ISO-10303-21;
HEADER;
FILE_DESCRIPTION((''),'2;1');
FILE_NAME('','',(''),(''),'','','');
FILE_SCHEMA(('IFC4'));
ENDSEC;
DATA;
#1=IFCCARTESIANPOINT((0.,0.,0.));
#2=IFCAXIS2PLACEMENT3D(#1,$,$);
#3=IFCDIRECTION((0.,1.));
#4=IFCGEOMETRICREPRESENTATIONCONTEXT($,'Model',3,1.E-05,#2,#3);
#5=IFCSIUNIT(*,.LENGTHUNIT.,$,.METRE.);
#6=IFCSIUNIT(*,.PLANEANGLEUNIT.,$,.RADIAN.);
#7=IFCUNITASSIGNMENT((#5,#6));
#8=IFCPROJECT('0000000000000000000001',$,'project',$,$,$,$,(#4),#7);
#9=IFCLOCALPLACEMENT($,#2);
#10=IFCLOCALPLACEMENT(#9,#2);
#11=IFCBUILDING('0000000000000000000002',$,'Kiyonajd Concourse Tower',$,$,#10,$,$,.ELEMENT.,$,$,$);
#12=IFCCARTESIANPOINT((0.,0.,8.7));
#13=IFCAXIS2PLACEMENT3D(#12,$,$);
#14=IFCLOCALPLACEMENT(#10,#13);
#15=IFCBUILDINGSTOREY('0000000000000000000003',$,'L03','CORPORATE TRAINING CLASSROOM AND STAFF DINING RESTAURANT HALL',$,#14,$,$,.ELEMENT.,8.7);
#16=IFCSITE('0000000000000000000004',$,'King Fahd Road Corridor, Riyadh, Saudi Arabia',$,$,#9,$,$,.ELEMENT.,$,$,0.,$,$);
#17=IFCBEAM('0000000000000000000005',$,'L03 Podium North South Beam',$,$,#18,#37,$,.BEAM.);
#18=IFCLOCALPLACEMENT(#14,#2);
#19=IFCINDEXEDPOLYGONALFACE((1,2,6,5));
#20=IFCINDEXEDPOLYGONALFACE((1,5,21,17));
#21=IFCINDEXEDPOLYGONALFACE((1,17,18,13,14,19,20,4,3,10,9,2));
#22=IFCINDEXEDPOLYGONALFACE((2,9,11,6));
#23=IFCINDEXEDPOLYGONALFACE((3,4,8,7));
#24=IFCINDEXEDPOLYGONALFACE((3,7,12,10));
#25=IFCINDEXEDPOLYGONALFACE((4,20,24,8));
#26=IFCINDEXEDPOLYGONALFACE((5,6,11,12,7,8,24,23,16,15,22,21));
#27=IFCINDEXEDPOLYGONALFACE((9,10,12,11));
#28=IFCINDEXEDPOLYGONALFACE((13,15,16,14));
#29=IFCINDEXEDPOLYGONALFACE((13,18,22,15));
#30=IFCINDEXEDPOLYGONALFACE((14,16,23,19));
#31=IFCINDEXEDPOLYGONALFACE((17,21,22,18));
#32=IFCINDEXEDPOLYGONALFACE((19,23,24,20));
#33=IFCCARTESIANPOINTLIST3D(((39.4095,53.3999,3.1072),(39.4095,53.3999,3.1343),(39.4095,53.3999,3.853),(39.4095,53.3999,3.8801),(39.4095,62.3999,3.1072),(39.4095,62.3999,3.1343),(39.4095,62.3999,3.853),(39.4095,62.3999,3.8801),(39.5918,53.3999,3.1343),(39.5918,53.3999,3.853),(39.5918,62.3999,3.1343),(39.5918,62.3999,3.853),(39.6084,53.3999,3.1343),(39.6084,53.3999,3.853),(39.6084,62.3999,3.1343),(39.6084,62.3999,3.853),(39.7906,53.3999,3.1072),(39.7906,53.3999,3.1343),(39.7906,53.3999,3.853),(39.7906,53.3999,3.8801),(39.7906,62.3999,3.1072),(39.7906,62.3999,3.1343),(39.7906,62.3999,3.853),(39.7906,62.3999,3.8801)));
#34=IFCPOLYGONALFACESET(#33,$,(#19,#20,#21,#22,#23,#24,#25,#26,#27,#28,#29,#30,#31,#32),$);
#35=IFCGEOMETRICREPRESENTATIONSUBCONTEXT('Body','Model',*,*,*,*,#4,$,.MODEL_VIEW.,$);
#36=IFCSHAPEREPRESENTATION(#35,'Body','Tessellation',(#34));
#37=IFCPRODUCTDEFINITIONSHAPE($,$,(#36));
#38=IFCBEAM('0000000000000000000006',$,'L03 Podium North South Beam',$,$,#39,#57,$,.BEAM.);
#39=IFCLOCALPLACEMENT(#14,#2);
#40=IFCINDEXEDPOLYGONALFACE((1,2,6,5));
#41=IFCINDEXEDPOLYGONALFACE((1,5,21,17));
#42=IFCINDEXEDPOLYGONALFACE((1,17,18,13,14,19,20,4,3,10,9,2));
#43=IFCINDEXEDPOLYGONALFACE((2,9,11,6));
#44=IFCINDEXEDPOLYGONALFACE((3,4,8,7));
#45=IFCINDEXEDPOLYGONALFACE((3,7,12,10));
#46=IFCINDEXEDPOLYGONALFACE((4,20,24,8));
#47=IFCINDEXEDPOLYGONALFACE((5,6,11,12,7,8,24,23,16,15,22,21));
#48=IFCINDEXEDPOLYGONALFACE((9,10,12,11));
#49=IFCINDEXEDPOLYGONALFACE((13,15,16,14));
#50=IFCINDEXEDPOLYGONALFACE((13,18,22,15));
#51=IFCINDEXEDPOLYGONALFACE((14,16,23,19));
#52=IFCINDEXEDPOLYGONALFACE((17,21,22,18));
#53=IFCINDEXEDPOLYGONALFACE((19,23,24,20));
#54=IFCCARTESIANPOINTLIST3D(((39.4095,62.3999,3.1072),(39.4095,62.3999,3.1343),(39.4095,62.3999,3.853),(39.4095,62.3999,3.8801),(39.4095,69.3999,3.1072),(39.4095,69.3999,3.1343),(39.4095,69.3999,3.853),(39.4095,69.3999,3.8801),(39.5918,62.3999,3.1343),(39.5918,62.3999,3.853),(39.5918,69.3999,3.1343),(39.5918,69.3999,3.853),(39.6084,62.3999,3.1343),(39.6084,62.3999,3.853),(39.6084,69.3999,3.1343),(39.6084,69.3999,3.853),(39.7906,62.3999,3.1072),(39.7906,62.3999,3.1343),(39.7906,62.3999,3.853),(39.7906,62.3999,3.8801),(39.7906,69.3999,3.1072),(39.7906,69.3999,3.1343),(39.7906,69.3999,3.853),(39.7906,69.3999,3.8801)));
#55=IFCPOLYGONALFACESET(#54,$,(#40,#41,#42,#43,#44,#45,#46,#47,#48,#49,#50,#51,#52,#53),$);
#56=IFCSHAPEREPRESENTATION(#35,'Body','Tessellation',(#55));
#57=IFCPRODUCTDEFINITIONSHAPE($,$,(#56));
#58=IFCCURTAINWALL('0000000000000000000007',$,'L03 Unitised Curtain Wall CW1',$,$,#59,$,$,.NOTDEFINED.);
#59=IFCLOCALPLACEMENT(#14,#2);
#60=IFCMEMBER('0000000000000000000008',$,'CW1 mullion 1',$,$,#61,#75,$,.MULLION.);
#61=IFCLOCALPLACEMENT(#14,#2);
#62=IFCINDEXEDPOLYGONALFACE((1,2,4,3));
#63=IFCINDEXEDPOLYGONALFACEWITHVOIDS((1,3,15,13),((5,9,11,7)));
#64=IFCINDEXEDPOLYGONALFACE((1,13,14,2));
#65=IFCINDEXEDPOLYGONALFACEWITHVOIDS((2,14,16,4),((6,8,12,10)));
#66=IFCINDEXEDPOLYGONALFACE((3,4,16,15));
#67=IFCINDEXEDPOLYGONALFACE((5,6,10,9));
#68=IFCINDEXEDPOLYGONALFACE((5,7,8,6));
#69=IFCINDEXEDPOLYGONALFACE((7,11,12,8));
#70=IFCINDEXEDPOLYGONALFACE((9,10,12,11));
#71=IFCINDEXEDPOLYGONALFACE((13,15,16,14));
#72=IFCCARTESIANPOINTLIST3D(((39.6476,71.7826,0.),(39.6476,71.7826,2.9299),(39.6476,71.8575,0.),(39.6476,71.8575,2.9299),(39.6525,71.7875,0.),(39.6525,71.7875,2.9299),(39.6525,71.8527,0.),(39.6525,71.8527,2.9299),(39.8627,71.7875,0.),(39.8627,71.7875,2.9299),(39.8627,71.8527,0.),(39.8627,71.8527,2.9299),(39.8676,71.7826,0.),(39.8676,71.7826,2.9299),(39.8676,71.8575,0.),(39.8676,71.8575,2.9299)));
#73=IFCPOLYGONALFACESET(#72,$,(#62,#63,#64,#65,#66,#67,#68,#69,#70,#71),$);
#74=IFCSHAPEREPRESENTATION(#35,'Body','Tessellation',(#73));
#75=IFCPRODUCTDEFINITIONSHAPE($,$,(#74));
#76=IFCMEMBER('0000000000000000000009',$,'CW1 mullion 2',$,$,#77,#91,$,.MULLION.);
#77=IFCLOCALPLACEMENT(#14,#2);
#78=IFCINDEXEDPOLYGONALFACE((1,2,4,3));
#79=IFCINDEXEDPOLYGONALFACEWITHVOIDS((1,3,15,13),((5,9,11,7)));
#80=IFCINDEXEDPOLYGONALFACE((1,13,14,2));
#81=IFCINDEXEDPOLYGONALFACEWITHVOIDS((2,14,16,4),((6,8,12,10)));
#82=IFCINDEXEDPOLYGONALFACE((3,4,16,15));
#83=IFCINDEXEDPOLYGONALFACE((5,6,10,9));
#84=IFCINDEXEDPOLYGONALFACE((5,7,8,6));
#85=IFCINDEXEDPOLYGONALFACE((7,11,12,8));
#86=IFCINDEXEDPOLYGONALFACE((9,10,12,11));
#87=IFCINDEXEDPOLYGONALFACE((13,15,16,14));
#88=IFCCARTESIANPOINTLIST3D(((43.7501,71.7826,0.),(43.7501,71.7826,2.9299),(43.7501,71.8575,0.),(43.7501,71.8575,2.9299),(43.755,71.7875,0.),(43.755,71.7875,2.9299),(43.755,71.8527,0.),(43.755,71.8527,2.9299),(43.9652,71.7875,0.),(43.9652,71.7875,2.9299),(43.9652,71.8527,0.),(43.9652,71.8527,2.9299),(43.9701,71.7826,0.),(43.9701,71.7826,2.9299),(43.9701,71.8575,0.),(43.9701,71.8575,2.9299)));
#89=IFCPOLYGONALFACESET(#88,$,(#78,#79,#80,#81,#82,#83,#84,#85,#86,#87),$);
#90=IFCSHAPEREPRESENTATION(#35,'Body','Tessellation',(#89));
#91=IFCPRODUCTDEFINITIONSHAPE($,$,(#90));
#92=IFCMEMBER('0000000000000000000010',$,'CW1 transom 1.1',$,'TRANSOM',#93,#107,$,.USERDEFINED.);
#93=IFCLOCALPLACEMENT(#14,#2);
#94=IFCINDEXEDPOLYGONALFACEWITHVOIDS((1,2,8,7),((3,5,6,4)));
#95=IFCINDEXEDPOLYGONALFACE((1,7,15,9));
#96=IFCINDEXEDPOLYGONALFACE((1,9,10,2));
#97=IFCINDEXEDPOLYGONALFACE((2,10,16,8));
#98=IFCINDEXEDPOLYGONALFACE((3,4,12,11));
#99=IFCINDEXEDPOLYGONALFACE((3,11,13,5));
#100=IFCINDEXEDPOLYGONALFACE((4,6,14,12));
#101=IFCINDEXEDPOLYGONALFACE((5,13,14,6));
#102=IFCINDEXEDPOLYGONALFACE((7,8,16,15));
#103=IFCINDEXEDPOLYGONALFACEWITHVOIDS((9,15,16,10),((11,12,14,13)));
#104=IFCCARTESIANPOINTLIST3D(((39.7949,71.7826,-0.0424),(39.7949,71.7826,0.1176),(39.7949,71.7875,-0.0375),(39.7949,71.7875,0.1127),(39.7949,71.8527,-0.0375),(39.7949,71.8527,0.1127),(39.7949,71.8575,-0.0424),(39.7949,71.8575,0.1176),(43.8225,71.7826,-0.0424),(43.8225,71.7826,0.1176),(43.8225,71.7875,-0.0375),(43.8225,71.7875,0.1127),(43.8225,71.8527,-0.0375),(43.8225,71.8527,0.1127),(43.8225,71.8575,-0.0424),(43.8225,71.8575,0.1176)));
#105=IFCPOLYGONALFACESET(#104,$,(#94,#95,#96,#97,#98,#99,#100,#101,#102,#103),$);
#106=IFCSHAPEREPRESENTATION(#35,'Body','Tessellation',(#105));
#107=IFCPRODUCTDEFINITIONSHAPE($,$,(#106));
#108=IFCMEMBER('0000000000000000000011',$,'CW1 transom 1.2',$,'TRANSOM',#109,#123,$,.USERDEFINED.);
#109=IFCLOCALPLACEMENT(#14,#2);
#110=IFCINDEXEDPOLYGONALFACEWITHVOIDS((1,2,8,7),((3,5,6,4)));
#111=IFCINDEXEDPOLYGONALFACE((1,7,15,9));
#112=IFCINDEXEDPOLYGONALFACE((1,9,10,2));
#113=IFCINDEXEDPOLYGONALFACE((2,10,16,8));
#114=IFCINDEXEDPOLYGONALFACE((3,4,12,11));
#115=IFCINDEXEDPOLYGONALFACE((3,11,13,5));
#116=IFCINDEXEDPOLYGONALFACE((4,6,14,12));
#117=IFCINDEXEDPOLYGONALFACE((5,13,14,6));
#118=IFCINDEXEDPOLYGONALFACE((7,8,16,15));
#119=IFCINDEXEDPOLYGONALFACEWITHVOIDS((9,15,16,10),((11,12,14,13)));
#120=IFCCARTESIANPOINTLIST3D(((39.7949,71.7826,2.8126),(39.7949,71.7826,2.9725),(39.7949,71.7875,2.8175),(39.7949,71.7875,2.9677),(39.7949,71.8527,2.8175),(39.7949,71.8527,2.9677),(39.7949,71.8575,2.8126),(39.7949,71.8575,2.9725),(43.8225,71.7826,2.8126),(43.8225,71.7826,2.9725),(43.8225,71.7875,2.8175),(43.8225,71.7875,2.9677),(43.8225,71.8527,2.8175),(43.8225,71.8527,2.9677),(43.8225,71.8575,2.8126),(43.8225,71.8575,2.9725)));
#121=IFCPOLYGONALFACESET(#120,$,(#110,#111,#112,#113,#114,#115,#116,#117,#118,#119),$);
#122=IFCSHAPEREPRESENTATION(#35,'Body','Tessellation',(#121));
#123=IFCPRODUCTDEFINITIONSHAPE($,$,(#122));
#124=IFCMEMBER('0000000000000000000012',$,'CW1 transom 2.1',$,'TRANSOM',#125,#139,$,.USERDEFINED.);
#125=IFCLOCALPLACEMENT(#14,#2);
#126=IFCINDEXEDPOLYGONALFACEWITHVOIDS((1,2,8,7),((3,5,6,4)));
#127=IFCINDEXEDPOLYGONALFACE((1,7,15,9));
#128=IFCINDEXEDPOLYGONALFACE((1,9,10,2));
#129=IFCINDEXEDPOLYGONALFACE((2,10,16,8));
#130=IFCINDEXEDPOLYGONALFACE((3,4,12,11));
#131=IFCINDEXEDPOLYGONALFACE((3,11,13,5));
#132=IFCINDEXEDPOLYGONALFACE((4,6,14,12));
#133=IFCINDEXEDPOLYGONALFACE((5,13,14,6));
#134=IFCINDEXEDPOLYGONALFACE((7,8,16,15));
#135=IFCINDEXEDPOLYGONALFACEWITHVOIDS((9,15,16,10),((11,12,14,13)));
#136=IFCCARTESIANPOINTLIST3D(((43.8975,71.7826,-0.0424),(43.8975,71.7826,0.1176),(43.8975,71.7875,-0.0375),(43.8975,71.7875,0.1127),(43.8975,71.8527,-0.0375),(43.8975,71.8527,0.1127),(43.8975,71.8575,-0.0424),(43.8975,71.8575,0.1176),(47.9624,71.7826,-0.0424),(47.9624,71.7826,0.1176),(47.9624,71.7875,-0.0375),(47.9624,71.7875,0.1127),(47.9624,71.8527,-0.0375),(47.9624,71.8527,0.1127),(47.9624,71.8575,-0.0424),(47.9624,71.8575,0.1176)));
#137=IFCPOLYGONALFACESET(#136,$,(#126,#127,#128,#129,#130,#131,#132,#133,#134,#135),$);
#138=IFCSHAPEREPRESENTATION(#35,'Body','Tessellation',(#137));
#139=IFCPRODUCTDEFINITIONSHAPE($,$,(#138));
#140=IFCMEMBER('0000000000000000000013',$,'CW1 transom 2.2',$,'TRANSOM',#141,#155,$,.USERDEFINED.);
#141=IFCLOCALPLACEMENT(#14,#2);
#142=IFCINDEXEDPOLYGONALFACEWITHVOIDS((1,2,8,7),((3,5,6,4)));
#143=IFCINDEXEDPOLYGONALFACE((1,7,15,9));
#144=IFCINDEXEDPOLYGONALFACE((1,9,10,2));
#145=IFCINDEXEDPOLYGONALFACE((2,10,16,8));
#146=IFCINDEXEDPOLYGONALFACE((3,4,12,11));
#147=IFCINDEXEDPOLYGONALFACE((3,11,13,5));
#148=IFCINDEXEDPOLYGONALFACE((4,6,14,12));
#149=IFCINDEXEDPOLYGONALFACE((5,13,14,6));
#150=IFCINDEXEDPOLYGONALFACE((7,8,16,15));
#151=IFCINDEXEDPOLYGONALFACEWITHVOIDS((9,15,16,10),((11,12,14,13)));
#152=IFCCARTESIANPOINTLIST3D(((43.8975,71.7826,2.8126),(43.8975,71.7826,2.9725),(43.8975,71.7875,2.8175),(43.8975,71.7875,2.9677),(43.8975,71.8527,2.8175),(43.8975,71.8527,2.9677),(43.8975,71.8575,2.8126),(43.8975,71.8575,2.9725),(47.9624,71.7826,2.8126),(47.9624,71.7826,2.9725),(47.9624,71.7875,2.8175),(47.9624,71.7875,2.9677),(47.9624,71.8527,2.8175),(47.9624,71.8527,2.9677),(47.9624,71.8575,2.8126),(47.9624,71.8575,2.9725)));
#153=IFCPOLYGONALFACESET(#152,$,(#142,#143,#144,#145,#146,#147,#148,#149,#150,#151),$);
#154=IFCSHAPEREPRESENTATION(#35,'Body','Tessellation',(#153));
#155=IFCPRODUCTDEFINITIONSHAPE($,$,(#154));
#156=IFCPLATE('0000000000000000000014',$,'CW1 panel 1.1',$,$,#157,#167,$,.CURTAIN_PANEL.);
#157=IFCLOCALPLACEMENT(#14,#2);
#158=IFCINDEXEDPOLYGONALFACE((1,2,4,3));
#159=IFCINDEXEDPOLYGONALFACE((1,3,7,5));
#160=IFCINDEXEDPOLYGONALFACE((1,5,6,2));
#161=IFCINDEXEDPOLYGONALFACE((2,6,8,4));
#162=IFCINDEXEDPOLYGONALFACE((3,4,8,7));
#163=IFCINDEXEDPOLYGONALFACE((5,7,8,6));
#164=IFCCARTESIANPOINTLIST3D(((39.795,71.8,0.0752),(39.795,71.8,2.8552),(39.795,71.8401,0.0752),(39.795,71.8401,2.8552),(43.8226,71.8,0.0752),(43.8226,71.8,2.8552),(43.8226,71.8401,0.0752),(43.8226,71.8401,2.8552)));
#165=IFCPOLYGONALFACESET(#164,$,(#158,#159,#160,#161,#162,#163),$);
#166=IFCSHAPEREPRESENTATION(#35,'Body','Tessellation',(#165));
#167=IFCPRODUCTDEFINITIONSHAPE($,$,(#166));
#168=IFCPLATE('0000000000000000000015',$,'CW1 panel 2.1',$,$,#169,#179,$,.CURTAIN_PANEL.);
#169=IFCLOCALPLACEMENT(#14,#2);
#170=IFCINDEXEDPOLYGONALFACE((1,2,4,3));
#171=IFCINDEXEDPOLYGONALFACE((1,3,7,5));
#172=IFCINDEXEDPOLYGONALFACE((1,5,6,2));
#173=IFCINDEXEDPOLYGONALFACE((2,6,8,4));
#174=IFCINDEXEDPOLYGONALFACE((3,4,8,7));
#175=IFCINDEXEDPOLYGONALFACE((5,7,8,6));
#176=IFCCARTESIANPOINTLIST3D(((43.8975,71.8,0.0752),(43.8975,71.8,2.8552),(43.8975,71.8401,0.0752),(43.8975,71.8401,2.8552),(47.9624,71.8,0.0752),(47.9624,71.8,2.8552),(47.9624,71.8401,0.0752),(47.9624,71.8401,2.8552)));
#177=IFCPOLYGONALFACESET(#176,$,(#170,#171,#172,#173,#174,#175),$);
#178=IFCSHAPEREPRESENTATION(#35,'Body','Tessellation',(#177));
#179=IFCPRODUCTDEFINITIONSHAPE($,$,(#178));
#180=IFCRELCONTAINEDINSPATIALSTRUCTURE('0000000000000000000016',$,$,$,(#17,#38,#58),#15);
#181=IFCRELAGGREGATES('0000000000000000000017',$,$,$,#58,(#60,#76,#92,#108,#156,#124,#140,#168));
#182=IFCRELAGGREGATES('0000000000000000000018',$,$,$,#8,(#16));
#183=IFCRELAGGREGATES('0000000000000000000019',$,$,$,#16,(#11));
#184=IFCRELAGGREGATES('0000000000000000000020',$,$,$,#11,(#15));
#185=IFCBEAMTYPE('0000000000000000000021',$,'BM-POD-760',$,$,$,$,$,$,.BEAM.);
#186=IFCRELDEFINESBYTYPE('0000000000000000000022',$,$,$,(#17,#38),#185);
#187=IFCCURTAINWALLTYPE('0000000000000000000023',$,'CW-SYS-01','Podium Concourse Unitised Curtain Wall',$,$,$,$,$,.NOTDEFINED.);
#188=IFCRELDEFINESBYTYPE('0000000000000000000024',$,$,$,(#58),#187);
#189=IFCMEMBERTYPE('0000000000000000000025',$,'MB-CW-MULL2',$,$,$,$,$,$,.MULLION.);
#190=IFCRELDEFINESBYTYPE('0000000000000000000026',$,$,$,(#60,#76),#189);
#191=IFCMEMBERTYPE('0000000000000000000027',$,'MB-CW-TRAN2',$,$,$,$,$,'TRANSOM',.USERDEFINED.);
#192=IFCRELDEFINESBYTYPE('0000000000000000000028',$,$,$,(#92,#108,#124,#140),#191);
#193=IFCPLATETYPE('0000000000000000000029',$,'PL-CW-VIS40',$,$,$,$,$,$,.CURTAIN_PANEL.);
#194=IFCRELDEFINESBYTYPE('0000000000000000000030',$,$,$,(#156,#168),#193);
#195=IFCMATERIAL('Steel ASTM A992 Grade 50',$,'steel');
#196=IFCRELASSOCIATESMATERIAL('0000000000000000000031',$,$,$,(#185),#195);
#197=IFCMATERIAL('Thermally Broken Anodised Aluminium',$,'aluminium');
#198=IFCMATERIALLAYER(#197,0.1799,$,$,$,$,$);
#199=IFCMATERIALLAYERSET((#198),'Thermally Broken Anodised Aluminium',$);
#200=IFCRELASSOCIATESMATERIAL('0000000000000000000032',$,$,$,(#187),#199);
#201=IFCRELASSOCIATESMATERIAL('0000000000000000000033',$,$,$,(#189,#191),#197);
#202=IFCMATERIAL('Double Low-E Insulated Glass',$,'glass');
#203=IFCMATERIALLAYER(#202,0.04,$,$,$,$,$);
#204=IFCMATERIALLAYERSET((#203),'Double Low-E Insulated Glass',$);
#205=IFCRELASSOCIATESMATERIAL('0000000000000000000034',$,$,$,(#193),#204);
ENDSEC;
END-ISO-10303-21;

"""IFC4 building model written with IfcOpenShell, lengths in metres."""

from ifc_helpers import new_model, si_unit, direction, frame, origin, origin_2d, place, context, subcontext, project, spatial, rectangle, hollow_rectangle, i_section, extrude, material, layer, layer_set, material_profile, profile_set, type_object, element, aggregate, save


model = new_model("IFC4")

# Units and contexts
model_context = context("Model", 3, precision=1e-05, world=origin(), true_north=direction((0.0, 1.0)))
body_context = subcontext(model_context, "Body", "Model", "MODEL_VIEW")
ifc_project = project(units=[si_unit("LENGTHUNIT", "METRE"), si_unit("PLANEANGLEUNIT", "RADIAN")], contexts=[model_context])

# Site, building, storey
site_placement = place(None, origin())
site = spatial("IfcSite", under=ifc_project, at=site_placement, Name="King Fahd Road Corridor, Riyadh, Saudi Arabia", CompositionType="ELEMENT", RefElevation=0.0)
building_placement = place(site_placement, origin())
building = spatial("IfcBuilding", under=site, at=building_placement, Name="Kiyonajd Concourse Tower", CompositionType="ELEMENT")
storey_placement = place(building_placement, frame((0.0, 0.0, 8.7)))
storey = spatial("IfcBuildingStorey", under=building, at=storey_placement, Name="L03", Description="CORPORATE TRAINING CLASSROOM AND STAFF DINING RESTAURANT HALL", CompositionType="ELEMENT", Elevation=8.7)

# Beams
ifc_material_1 = material(Name="Steel ASTM A992 Grade 50", Category="steel")
ifc_material_profile_1 = material_profile(ifc_material_1, i_section(OverallWidth=0.3811, OverallDepth=0.7729, WebThickness=0.0166, FlangeThickness=0.0271, at=origin_2d()), Name="W760X257")
ifc_profile_set_1 = profile_set([ifc_material_profile_1], Name="Steel ASTM A992 Grade 50")
beam_type_1 = type_object("IfcBeamType", Name="BM-POD-760", PredefinedType="BEAM", material=ifc_profile_set_1)
for number, where, z_axis, x_axis, name in (
    (1, (39.6001, 53.3999, 3.4937), (0.0, 1.0, 0.0), (-1.0, 0.0, 0.0), "L03 Podium North South Beam"),
):
    element("IfcBeam", number, at=place(storey_placement, frame(where, z_axis=z_axis, x_axis=x_axis)), inside=storey, type_object=beam_type_1, Name=name, PredefinedType="BEAM", context=body_context, shape_type="SweptSolid", body=[
        extrude(i_section(OverallWidth=0.3811, OverallDepth=0.7729, WebThickness=0.0166, FlangeThickness=0.0271, at=origin_2d()), origin(), (0.0, 0.0, 1.0), 9.0),
    ])
beam_1_placement = place(storey_placement, frame((39.6001, 62.3999, 3.4937), z_axis=(0.0, 1.0, 0.0), x_axis=(-1.0, 0.0, 0.0)))
element("IfcBeam", 2, at=beam_1_placement, inside=storey, type_object=beam_type_1, Name="L03 Podium North South Beam", PredefinedType="BEAM", context=body_context, shape_type="SweptSolid", body=[
    extrude(i_section(OverallWidth=0.3811, OverallDepth=0.7729, WebThickness=0.0166, FlangeThickness=0.0271, at=origin_2d()), origin(), (0.0, 0.0, 1.0), 7.0),
])

# Curtain wall, members, plates
ifc_material_2 = material(Name="Thermally Broken Anodised Aluminium", Category="aluminium")
ifc_layer_1 = layer(ifc_material_2, 0.1799)
ifc_layer_set_1 = layer_set([ifc_layer_1], Name="Thermally Broken Anodised Aluminium")
curtain_wall_type = type_object("IfcCurtainWallType", Name="CW-SYS-01", Description="Podium Concourse Unitised Curtain Wall", PredefinedType="NOTDEFINED", material=ifc_layer_set_1)
curtain_wall_placement = place(storey_placement, origin())
curtain_wall = element("IfcCurtainWall", 3, at=curtain_wall_placement, inside=storey, type_object=curtain_wall_type, Name="L03 Unitised Curtain Wall CW1", PredefinedType="NOTDEFINED")
ifc_material_profile_2 = material_profile(ifc_material_2, hollow_rectangle(XDim=0.075, YDim=0.22, WallThickness=0.0049, at=origin_2d()), Name="MULL-75x220")
ifc_profile_set_2 = profile_set([ifc_material_profile_2], Name="Thermally Broken Anodised Aluminium")
member_type_1 = type_object("IfcMemberType", Name="MB-CW-MULL2", PredefinedType="MULLION", material=ifc_profile_set_2)
member_1_placement = place(storey_placement, frame((39.7576, 71.8201, 0.0), z_axis=(0.0, 0.0, 1.0), x_axis=(0.0, 1.0, 0.0)))
member_1 = element("IfcMember", 4, at=member_1_placement, type_object=member_type_1, Name="CW1 mullion 1", PredefinedType="MULLION", context=body_context, shape_type="SweptSolid", body=[
    extrude(hollow_rectangle(XDim=0.075, YDim=0.22, WallThickness=0.0049, at=origin_2d()), origin(), (0.0, 0.0, 1.0), 2.9299),
])
member_2_placement = place(storey_placement, frame((43.8601, 71.8201, 0.0), z_axis=(0.0, 0.0, 1.0), x_axis=(0.0, 1.0, 0.0)))
member_2 = element("IfcMember", 5, at=member_2_placement, type_object=member_type_1, Name="CW1 mullion 2", PredefinedType="MULLION", context=body_context, shape_type="SweptSolid", body=[
    extrude(hollow_rectangle(XDim=0.075, YDim=0.22, WallThickness=0.0049, at=origin_2d()), origin(), (0.0, 0.0, 1.0), 2.9299),
])
ifc_material_profile_3 = material_profile(ifc_material_2, hollow_rectangle(XDim=0.075, YDim=0.1599, WallThickness=0.0049, at=origin_2d()), Name="TRAN-75x160")
ifc_profile_set_3 = profile_set([ifc_material_profile_3], Name="Thermally Broken Anodised Aluminium")
member_type_2 = type_object("IfcMemberType", Name="MB-CW-TRAN2", ElementType="TRANSOM", PredefinedType="USERDEFINED", material=ifc_profile_set_3)
member_3_placement = place(storey_placement, frame((39.7949, 71.8201, 0.0376), z_axis=(1.0, 0.0, 0.0), x_axis=(0.0, 1.0, 0.0)))
member_3 = element("IfcMember", 6, at=member_3_placement, type_object=member_type_2, Name="CW1 transom 1.1", ObjectType="TRANSOM", PredefinedType="USERDEFINED", context=body_context, shape_type="SweptSolid", body=[
    extrude(hollow_rectangle(XDim=0.075, YDim=0.1599, WallThickness=0.0049, at=origin_2d()), origin(), (0.0, 0.0, 1.0), 4.0276),
])
member_4_placement = place(storey_placement, frame((39.7949, 71.8201, 2.8926), z_axis=(1.0, 0.0, 0.0), x_axis=(0.0, 1.0, 0.0)))
member_4 = element("IfcMember", 7, at=member_4_placement, type_object=member_type_2, Name="CW1 transom 1.2", ObjectType="TRANSOM", PredefinedType="USERDEFINED", context=body_context, shape_type="SweptSolid", body=[
    extrude(hollow_rectangle(XDim=0.075, YDim=0.1599, WallThickness=0.0049, at=origin_2d()), origin(), (0.0, 0.0, 1.0), 4.0276),
])
member_5_placement = place(storey_placement, frame((43.8975, 71.8201, 0.0376), z_axis=(1.0, 0.0, 0.0), x_axis=(0.0, 1.0, 0.0)))
member_5 = element("IfcMember", 8, at=member_5_placement, type_object=member_type_2, Name="CW1 transom 2.1", ObjectType="TRANSOM", PredefinedType="USERDEFINED", context=body_context, shape_type="SweptSolid", body=[
    extrude(hollow_rectangle(XDim=0.075, YDim=0.1599, WallThickness=0.0049, at=origin_2d()), origin(), (0.0, 0.0, 1.0), 4.0649),
])
member_6_placement = place(storey_placement, frame((43.8975, 71.8201, 2.8926), z_axis=(1.0, 0.0, 0.0), x_axis=(0.0, 1.0, 0.0)))
member_6 = element("IfcMember", 9, at=member_6_placement, type_object=member_type_2, Name="CW1 transom 2.2", ObjectType="TRANSOM", PredefinedType="USERDEFINED", context=body_context, shape_type="SweptSolid", body=[
    extrude(hollow_rectangle(XDim=0.075, YDim=0.1599, WallThickness=0.0049, at=origin_2d()), origin(), (0.0, 0.0, 1.0), 4.0649),
])
ifc_material_3 = material(Name="Double Low-E Insulated Glass", Category="glass")
ifc_layer_2 = layer(ifc_material_3, 0.04)
ifc_layer_set_2 = layer_set([ifc_layer_2], Name="Double Low-E Insulated Glass")
plate_type = type_object("IfcPlateType", Name="PL-CW-VIS40", PredefinedType="CURTAIN_PANEL", material=ifc_layer_set_2)
plate_1_placement = place(storey_placement, frame((41.8088, 71.8201, 0.0752), z_axis=(0.0, 0.0, 1.0), x_axis=(1.0, 0.0, 0.0)))
plate_1 = element("IfcPlate", 10, at=plate_1_placement, type_object=plate_type, Name="CW1 panel 1.1", PredefinedType="CURTAIN_PANEL", context=body_context, shape_type="SweptSolid", body=[
    extrude(rectangle(XDim=4.0276, YDim=0.04, at=origin_2d()), origin(), (0.0, 0.0, 1.0), 2.78),
])
plate_2_placement = place(storey_placement, frame((45.9299, 71.8201, 0.0752), z_axis=(0.0, 0.0, 1.0), x_axis=(1.0, 0.0, 0.0)))
plate_2 = element("IfcPlate", 11, at=plate_2_placement, type_object=plate_type, Name="CW1 panel 2.1", PredefinedType="CURTAIN_PANEL", context=body_context, shape_type="SweptSolid", body=[
    extrude(rectangle(XDim=4.0649, YDim=0.04, at=origin_2d()), origin(), (0.0, 0.0, 1.0), 2.78),
])
aggregate(curtain_wall, [member_1, member_2, member_3, member_4, plate_1, member_5, member_6, plate_2])

save(model, "model.ifc")
